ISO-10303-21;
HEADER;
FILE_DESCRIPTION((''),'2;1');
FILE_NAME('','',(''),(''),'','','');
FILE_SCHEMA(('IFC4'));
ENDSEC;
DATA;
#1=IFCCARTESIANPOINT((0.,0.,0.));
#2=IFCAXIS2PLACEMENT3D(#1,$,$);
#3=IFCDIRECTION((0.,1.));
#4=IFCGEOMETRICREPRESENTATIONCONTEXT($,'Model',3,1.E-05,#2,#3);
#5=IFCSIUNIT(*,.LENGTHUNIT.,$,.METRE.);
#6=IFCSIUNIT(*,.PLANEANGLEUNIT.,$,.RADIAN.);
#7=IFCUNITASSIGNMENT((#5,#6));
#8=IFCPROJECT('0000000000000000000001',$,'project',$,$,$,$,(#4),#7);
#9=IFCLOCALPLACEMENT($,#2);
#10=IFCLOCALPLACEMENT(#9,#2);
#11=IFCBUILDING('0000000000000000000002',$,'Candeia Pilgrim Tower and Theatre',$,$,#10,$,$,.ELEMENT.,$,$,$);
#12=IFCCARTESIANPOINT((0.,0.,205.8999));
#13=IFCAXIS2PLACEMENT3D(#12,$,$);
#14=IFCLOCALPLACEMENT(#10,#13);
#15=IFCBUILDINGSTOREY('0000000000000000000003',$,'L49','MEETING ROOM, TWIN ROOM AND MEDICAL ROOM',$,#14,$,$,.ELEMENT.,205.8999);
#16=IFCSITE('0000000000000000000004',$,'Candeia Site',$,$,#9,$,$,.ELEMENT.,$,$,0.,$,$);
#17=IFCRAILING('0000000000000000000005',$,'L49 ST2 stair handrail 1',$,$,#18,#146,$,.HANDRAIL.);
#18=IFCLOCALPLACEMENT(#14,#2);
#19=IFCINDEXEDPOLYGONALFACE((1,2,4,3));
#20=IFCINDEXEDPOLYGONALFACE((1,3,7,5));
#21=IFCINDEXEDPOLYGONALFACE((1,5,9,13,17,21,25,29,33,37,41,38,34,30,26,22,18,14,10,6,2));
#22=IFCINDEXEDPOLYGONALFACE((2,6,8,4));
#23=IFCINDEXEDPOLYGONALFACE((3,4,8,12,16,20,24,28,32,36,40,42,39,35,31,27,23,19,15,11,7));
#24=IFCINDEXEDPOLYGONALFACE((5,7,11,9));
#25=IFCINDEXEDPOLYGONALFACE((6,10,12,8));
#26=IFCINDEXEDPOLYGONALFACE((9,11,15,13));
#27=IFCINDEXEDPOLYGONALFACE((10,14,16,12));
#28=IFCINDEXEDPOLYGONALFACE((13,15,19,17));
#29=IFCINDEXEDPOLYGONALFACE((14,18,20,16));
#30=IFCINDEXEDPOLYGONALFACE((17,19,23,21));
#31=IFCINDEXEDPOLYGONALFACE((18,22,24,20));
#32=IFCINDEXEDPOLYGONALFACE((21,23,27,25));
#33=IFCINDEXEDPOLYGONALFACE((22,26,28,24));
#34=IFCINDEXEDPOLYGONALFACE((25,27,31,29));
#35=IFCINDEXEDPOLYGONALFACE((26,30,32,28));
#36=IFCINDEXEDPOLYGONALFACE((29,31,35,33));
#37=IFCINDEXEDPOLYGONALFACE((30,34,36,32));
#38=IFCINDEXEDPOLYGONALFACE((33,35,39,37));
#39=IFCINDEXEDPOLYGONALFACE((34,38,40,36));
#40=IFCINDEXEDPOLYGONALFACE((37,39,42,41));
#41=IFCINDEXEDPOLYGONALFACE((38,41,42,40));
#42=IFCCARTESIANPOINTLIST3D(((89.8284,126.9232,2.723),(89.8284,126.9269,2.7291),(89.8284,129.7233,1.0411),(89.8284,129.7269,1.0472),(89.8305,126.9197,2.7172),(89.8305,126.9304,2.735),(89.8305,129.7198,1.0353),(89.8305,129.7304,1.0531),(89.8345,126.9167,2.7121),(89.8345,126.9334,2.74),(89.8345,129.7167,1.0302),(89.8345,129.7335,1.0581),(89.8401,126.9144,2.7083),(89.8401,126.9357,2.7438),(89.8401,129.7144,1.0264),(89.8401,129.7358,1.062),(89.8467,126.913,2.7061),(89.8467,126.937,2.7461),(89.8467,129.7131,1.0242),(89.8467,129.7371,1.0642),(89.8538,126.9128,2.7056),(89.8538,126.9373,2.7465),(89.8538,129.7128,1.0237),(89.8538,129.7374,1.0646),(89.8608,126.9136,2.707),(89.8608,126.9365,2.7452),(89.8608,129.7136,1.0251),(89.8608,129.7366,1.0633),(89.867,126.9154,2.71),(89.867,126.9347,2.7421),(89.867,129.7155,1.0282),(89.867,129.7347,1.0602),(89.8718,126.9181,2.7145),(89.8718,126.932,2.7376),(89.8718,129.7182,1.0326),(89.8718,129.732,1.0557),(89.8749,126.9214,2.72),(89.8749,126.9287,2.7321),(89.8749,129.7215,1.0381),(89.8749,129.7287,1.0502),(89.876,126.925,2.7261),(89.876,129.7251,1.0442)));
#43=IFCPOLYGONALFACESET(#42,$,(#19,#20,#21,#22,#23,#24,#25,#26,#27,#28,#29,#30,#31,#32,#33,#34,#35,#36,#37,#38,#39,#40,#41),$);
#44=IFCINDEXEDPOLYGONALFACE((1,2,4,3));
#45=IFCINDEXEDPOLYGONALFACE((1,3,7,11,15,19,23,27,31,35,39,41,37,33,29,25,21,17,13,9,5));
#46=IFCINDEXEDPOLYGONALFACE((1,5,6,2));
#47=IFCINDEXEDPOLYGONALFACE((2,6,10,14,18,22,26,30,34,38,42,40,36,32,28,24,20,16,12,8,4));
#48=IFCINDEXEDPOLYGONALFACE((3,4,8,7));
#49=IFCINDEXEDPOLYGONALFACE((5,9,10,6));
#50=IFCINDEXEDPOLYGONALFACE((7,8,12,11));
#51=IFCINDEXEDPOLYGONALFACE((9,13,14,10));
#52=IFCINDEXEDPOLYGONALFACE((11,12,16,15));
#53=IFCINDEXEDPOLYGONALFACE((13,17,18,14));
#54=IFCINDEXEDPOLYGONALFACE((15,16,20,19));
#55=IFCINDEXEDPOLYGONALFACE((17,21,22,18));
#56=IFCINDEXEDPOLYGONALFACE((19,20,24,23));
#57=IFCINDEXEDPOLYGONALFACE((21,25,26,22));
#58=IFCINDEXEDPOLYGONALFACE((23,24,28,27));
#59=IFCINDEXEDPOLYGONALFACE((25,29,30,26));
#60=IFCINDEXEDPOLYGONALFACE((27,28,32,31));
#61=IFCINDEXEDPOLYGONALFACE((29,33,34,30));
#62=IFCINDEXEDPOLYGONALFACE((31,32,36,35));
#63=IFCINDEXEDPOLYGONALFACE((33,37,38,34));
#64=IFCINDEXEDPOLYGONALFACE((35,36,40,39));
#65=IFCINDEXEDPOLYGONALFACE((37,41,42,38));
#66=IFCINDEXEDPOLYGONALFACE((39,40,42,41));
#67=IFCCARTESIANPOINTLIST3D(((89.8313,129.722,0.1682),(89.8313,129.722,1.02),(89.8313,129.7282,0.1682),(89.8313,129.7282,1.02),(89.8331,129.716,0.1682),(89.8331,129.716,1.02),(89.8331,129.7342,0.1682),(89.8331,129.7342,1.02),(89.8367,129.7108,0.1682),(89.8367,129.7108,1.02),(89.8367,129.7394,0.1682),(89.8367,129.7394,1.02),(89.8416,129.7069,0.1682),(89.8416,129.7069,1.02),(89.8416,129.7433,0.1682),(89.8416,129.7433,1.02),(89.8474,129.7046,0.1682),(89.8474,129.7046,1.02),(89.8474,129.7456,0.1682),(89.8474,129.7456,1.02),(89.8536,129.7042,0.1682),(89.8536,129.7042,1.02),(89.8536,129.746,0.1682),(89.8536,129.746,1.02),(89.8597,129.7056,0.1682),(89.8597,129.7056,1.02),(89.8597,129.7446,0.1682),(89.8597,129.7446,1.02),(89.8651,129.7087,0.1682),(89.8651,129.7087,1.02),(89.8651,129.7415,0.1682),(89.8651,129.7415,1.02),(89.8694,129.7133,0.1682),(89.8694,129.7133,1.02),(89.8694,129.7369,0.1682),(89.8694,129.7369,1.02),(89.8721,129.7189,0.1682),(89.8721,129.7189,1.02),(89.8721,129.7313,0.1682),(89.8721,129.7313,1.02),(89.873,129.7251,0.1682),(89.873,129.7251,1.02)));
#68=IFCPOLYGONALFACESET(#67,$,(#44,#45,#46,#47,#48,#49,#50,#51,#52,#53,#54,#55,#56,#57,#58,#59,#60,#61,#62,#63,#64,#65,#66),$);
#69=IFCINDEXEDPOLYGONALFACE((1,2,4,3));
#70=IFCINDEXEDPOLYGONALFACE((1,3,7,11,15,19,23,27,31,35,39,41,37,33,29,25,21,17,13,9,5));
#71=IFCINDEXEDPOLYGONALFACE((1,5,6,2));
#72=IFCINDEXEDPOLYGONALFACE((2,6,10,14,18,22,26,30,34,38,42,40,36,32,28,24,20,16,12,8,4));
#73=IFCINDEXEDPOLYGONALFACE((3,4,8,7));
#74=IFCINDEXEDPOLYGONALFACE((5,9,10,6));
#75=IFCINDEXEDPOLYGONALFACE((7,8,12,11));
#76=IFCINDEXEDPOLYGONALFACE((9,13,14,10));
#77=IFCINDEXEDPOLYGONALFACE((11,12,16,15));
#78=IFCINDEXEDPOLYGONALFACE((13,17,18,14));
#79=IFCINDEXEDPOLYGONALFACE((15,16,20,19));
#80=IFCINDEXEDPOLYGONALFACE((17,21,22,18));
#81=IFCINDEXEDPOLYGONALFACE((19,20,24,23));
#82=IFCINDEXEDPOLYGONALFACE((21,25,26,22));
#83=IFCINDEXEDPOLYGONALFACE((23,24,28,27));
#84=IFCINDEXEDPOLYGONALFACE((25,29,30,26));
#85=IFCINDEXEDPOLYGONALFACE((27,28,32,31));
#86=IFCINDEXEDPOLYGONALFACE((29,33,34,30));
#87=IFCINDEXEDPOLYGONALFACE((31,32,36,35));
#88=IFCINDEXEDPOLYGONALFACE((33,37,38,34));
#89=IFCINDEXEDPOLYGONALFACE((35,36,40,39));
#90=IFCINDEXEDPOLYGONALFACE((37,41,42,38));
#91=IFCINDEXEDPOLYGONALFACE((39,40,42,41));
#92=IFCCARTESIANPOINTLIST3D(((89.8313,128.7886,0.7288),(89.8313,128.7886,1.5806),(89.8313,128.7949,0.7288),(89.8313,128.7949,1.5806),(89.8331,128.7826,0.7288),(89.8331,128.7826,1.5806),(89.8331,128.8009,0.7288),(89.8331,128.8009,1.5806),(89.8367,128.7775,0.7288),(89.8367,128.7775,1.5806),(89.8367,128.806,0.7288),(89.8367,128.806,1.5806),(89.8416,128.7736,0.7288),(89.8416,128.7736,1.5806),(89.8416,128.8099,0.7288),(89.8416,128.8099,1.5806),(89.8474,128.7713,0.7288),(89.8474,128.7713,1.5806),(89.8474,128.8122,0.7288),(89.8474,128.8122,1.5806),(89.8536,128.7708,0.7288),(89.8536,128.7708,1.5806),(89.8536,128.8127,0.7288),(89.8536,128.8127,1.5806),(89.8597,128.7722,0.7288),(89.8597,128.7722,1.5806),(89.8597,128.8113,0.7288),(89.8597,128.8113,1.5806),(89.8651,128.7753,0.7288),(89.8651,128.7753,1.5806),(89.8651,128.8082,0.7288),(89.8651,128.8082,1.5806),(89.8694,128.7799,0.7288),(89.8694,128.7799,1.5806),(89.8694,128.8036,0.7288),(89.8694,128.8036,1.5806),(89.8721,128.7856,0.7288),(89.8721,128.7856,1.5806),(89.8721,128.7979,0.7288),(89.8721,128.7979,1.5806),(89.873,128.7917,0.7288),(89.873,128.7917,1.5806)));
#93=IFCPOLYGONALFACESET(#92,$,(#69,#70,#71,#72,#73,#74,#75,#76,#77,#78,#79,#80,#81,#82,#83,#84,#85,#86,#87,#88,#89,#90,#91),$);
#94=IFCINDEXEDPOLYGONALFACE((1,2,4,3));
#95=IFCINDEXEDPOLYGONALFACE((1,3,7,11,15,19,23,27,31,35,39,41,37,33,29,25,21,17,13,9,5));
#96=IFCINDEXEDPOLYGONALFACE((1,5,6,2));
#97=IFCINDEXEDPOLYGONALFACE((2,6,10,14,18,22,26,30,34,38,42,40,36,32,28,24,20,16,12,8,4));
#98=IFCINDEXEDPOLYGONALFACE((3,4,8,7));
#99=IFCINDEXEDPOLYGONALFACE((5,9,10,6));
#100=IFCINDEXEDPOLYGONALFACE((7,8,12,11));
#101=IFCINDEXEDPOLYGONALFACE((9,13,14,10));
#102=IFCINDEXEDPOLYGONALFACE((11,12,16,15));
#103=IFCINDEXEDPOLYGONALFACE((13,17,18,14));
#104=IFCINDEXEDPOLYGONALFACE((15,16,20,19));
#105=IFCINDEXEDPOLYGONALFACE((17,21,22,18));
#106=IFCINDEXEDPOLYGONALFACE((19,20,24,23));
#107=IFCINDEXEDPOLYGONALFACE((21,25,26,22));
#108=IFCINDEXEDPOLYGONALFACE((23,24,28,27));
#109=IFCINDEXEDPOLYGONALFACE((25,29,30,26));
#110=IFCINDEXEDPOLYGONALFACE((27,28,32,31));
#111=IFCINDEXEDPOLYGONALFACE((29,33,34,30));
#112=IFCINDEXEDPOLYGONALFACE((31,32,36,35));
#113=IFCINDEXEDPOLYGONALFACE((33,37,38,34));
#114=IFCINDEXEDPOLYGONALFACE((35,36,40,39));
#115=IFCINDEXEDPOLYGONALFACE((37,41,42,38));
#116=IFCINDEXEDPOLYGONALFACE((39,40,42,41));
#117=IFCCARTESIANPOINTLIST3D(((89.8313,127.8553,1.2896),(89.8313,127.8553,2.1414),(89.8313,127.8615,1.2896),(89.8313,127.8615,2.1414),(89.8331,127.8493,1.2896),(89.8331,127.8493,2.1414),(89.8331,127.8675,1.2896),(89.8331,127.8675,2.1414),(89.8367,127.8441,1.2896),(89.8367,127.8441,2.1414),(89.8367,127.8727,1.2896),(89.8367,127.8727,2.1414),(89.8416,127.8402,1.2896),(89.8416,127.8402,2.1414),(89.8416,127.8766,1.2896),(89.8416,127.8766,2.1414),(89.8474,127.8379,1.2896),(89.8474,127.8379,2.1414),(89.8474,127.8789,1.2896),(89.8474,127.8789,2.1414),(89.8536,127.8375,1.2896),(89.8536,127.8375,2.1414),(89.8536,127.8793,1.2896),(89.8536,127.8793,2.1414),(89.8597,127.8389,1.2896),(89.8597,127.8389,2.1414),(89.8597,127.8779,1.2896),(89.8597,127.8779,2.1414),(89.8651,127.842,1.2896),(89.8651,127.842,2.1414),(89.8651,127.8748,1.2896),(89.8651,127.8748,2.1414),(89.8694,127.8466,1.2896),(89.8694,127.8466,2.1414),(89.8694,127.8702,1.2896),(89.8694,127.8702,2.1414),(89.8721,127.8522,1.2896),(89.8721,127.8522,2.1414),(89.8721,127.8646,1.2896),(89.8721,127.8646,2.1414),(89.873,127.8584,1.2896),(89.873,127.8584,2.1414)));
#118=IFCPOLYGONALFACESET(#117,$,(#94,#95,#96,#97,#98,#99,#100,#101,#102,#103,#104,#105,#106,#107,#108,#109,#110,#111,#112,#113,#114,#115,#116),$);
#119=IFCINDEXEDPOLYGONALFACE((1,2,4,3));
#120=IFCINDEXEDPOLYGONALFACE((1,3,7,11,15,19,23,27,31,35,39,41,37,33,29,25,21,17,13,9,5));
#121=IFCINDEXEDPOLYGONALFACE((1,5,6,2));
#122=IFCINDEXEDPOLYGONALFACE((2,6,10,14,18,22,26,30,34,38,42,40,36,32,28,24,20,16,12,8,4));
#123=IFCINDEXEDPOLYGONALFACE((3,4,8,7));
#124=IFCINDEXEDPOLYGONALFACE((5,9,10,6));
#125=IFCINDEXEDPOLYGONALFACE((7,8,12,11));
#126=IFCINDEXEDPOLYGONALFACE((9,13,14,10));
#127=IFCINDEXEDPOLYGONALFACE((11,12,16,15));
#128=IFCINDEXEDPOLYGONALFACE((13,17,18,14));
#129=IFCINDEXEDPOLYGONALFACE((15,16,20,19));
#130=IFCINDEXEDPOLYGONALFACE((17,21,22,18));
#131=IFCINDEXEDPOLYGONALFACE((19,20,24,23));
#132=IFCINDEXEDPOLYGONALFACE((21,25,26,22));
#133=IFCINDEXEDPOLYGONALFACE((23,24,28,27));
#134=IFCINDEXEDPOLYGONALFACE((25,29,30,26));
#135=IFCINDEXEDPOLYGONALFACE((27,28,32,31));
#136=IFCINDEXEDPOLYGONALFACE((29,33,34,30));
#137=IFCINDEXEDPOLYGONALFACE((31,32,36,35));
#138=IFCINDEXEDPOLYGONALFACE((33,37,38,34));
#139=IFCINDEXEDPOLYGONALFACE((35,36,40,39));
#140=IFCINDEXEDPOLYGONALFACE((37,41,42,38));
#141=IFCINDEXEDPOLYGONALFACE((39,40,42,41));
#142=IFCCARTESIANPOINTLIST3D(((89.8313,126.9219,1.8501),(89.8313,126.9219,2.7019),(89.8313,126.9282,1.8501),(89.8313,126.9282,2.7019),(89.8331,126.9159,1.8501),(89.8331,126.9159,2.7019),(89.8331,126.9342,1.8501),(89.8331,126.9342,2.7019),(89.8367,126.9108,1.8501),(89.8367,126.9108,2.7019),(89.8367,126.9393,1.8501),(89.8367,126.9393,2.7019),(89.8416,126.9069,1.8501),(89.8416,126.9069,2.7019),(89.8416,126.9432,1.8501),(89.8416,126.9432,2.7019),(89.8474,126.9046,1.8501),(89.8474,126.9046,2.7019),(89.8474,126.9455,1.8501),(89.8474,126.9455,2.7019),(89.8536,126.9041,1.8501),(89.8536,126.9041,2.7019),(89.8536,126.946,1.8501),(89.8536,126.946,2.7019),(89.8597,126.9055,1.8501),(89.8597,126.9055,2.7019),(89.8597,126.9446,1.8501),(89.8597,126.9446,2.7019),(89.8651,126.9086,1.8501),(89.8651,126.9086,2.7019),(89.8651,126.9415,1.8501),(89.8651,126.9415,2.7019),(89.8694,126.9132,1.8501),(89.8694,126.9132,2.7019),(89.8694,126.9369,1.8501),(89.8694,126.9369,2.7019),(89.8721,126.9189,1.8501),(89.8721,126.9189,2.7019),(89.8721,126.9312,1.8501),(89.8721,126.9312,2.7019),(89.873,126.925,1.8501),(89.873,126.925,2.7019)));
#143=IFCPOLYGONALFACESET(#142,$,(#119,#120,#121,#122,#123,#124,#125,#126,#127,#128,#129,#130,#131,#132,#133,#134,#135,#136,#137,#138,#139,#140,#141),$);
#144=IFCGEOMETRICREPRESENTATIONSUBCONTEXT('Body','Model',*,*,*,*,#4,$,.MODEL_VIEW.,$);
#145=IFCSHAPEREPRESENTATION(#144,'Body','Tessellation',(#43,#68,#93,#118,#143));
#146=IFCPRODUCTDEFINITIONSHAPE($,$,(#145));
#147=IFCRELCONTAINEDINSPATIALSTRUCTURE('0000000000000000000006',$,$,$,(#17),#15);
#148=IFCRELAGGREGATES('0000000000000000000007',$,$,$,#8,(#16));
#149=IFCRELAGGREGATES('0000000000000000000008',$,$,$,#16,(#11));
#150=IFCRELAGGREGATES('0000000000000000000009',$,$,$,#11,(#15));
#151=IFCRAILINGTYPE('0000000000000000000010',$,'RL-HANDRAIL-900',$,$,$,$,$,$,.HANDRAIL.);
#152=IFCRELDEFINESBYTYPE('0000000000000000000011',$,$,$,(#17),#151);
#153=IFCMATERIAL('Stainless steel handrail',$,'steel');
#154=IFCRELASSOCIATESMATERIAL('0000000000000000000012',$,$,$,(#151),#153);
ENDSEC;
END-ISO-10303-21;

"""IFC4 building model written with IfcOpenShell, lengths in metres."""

from ifc_helpers import new_model, si_unit, direction, frame, origin, origin_2d, place, context, subcontext, project, spatial, circle, extrude, material, type_object, element, save


model = new_model("IFC4")

# Units and contexts
model_context = context("Model", 3, precision=1e-05, world=origin(), true_north=direction((0.0, 1.0)))
body_context = subcontext(model_context, "Body", "Model", "MODEL_VIEW")
ifc_project = project(units=[si_unit("LENGTHUNIT", "METRE"), si_unit("PLANEANGLEUNIT", "RADIAN")], contexts=[model_context])

# Site, building, storey
site_placement = place(None, origin())
site = spatial("IfcSite", under=ifc_project, at=site_placement, Name="Candeia Site", CompositionType="ELEMENT", RefElevation=0.0)
building_placement = place(site_placement, origin())
building = spatial("IfcBuilding", under=site, at=building_placement, Name="Candeia Pilgrim Tower and Theatre", CompositionType="ELEMENT")
storey_placement = place(building_placement, frame((0.0, 0.0, 205.8999)))
storey = spatial("IfcBuildingStorey", under=building, at=storey_placement, Name="L49", Description="MEETING ROOM, TWIN ROOM AND MEDICAL ROOM", CompositionType="ELEMENT", Elevation=205.8999)

# Railing
ifc_material_1 = material(Name="Stainless steel handrail", Category="steel")
railing_type_1 = type_object("IfcRailingType", Name="RL-HANDRAIL-900", PredefinedType="HANDRAIL", material=ifc_material_1)
for number, where, name in (
    (1, (89.8521, 129.7251, 0.1682), "L49 ST2 stair handrail 1"),
):
    element("IfcRailing", number, at=place(storey_placement, frame(where)), inside=storey, type_object=railing_type_1, Name=name, PredefinedType="HANDRAIL", context=body_context, shape_type="SweptSolid", body=[
        extrude(circle(Radius=0.0239, at=origin_2d()), frame((0.0, 0.0, 0.876), z_axis=(0.0, -0.857242, 0.514913), x_axis=(1.0, 0.0, 0.0)), (0.0, 0.0, 1.0), 3.2664),
        extrude(circle(Radius=0.021, at=origin_2d()), origin(), (0.0, 0.0, 1.0), 0.8518),
        extrude(circle(Radius=0.021, at=origin_2d()), frame((0.0, -0.9333, 0.5605)), (0.0, 0.0, 1.0), 0.8518),
        extrude(circle(Radius=0.021, at=origin_2d()), frame((0.0, -1.8667, 1.1213)), (0.0, 0.0, 1.0), 0.8518),
        extrude(circle(Radius=0.021, at=origin_2d()), frame((0.0, -2.8, 1.6819)), (0.0, 0.0, 1.0), 0.8518),
    ])

save(model, "model.ifc")
